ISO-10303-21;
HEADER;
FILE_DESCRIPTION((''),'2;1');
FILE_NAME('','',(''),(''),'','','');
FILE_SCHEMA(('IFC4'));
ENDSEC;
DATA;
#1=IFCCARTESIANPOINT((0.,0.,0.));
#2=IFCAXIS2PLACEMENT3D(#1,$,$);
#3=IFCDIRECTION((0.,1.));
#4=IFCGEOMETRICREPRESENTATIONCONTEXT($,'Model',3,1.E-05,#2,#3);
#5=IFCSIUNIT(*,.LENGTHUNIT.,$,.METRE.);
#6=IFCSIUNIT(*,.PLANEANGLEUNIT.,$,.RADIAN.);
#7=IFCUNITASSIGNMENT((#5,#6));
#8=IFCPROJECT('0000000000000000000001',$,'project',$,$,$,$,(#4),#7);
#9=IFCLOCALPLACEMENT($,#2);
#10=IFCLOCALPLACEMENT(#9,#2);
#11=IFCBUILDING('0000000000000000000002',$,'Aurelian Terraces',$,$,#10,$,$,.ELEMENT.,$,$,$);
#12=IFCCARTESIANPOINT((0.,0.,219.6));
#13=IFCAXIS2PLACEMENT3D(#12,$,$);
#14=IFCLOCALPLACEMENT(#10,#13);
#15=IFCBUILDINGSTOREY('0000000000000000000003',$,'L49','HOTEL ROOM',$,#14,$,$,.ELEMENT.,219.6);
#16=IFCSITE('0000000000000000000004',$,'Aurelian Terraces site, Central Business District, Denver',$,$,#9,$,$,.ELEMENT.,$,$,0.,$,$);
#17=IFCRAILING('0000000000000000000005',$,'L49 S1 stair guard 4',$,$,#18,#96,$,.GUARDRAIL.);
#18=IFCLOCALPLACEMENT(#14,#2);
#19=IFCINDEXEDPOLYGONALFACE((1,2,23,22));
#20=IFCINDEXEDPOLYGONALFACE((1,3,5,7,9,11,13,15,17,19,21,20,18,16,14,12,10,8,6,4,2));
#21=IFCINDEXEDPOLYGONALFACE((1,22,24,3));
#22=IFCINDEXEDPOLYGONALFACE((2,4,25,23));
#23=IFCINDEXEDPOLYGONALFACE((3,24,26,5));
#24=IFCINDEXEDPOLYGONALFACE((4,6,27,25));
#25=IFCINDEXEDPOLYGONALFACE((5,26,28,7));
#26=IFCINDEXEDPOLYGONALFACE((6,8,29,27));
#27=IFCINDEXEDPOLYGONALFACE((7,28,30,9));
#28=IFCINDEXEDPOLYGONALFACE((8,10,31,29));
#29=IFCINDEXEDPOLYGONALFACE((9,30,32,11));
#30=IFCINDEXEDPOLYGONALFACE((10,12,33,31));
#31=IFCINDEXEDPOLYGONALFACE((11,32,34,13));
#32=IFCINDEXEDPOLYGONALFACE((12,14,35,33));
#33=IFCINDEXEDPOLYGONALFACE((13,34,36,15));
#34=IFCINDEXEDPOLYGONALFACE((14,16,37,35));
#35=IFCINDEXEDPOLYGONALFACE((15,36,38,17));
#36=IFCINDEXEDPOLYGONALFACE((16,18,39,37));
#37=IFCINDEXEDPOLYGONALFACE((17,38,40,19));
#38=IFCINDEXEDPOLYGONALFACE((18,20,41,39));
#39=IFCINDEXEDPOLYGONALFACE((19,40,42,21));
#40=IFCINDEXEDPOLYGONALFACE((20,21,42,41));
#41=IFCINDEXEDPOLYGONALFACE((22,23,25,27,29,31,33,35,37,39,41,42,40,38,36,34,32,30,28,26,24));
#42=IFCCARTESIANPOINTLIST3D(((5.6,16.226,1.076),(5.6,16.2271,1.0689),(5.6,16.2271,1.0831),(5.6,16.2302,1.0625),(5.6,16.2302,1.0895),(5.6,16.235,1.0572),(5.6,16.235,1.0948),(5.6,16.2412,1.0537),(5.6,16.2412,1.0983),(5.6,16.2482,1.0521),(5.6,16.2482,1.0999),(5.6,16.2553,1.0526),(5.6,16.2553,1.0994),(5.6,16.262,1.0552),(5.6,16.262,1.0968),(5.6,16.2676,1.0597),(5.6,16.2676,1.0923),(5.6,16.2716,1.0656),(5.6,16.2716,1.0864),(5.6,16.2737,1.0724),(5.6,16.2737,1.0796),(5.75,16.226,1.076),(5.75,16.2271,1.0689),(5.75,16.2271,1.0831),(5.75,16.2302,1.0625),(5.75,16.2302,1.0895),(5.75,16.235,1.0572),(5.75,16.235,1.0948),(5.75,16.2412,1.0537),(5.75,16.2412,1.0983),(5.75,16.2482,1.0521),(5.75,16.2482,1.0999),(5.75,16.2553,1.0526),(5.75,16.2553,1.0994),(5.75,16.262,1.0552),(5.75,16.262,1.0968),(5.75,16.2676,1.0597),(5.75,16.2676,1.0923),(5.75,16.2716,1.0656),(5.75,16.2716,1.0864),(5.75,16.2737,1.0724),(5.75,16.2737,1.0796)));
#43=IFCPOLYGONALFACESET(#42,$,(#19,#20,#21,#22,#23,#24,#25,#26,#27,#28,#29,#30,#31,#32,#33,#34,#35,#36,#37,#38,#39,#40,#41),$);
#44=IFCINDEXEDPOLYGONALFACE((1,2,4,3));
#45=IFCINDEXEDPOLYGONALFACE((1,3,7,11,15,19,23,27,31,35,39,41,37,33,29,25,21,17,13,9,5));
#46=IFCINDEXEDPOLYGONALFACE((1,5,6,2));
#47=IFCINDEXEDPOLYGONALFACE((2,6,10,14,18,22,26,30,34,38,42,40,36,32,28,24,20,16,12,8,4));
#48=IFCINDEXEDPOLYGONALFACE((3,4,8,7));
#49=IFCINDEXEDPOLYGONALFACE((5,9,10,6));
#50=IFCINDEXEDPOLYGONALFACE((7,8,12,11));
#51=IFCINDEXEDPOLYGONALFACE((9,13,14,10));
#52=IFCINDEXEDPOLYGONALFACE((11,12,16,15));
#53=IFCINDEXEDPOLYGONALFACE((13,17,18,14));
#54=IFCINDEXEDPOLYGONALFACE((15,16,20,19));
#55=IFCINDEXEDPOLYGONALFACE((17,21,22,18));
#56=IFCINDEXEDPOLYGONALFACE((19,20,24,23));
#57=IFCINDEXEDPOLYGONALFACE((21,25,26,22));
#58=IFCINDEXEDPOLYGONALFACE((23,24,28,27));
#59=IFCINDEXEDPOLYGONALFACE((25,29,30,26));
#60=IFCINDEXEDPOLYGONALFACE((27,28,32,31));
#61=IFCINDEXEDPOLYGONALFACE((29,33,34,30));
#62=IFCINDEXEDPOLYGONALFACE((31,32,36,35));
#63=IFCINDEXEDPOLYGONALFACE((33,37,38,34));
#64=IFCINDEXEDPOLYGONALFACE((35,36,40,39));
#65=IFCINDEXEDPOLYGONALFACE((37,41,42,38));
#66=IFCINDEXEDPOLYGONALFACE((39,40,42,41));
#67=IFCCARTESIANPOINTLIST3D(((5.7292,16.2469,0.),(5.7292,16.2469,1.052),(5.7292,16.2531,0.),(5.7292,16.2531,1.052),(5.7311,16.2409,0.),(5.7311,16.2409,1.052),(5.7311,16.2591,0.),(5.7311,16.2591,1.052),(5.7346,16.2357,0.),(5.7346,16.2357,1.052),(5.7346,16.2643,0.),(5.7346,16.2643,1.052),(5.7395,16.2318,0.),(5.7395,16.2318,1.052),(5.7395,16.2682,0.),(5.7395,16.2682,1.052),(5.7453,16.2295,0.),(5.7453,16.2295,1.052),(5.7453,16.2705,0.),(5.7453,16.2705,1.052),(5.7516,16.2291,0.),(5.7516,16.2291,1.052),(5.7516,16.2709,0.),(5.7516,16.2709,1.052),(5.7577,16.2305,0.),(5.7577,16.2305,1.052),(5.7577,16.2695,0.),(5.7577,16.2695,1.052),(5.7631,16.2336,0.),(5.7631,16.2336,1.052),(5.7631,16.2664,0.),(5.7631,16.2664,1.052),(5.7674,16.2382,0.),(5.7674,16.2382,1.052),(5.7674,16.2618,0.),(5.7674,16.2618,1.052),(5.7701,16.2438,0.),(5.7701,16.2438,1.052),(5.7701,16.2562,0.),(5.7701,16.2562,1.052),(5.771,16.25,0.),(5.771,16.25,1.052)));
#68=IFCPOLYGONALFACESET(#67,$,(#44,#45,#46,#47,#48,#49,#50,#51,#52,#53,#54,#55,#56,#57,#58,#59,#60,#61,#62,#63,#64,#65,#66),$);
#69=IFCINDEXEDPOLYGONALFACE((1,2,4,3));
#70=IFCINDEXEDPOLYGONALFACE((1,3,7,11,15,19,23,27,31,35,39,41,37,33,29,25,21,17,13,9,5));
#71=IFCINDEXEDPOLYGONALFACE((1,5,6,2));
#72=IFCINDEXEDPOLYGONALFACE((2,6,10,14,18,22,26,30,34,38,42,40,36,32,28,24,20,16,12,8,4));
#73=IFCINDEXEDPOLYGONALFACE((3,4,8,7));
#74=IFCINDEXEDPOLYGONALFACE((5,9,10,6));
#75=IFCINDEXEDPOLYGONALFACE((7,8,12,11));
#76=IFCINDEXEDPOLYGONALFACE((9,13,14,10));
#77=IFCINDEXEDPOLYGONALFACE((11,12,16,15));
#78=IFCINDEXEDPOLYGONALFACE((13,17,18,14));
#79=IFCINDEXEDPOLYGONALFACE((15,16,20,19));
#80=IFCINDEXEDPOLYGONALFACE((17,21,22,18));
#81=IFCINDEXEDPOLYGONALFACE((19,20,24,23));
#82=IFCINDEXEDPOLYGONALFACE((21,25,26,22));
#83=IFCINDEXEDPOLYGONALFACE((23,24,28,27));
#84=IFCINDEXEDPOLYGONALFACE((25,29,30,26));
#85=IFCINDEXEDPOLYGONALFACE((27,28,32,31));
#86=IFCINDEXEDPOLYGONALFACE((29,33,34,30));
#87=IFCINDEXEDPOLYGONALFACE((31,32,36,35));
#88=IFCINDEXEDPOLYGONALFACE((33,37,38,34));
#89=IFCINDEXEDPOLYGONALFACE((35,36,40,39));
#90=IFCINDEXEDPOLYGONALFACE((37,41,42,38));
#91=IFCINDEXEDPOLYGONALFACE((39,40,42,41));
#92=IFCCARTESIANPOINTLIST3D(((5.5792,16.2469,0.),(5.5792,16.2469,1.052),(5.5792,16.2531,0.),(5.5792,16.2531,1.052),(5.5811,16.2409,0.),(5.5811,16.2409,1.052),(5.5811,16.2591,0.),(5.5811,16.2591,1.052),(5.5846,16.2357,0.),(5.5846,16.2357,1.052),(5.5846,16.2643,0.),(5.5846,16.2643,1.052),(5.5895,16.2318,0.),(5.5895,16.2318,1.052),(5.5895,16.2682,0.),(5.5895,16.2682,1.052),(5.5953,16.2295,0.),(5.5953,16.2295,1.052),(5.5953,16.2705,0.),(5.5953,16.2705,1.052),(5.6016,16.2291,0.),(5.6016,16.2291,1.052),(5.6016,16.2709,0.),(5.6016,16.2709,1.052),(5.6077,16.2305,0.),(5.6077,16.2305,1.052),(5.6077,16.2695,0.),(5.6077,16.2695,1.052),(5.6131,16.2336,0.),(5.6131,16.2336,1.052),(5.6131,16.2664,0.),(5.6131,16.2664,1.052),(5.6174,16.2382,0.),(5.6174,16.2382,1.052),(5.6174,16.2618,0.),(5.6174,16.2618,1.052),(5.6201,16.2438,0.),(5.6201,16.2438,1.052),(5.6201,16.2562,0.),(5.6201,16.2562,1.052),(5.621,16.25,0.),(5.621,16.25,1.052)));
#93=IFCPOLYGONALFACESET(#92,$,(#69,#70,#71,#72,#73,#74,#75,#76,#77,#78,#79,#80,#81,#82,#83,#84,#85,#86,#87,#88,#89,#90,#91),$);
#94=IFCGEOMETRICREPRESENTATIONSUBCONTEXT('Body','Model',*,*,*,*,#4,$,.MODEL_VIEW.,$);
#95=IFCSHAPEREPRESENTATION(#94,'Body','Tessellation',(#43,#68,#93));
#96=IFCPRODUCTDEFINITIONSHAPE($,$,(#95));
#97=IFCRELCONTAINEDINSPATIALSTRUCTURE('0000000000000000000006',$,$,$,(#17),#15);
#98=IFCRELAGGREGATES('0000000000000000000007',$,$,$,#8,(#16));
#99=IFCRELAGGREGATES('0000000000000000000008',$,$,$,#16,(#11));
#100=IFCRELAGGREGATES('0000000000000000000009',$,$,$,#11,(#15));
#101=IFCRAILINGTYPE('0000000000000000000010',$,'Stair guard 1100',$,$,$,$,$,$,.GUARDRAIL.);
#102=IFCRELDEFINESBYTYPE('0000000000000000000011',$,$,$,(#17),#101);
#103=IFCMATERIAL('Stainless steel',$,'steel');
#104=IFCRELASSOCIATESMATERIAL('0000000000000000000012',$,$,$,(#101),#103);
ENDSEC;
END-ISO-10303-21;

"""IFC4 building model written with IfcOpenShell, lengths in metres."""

from ifc_helpers import new_model, si_unit, direction, frame, origin, origin_2d, place, context, subcontext, project, spatial, circle, extrude, source, transform, mapped, material, type_object, element, save


model = new_model("IFC4")

# Units and contexts
model_context = context("Model", 3, precision=1e-05, world=origin(), true_north=direction((0.0, 1.0)))
body_context = subcontext(model_context, "Body", "Model", "MODEL_VIEW")
ifc_project = project(units=[si_unit("LENGTHUNIT", "METRE"), si_unit("PLANEANGLEUNIT", "RADIAN")], contexts=[model_context])

# Site, building, storey
site_placement = place(None, origin())
site = spatial("IfcSite", under=ifc_project, at=site_placement, Name="Aurelian Terraces site, Central Business District, Denver", CompositionType="ELEMENT", RefElevation=0.0)
building_placement = place(site_placement, origin())
building = spatial("IfcBuilding", under=site, at=building_placement, Name="Aurelian Terraces", CompositionType="ELEMENT")
storey_placement = place(building_placement, frame((0.0, 0.0, 219.6)))
storey = spatial("IfcBuildingStorey", under=building, at=storey_placement, Name="L49", Description="HOTEL ROOM", CompositionType="ELEMENT", Elevation=219.6)

# Shared definitions
ifc_material_1 = material(Name="Stainless steel", Category="steel")

# Railing
railing_type_1 = type_object("IfcRailingType", Name="Stair guard 1100", PredefinedType="GUARDRAIL", material=ifc_material_1)
shared_shape_1 = source(origin(), body_context, "Body", "SweptSolid", [
    extrude(circle(Radius=0.024, at=origin_2d()), frame((0.0, 0.0, 1.076), z_axis=(-1.0, 0.0, 0.0), x_axis=(0.0, -1.0, 0.0)), (0.0, 0.0, 1.0), 0.15),
    extrude(circle(Radius=0.021, at=origin_2d()), origin(), (0.0, 0.0, 1.0), 1.052),
    extrude(circle(Radius=0.021, at=origin_2d()), frame((-0.15, 0.0, 0.0)), (0.0, 0.0, 1.0), 1.052),
])
railing_1_placement = place(storey_placement, frame((5.75, 16.25, 0.0)))
element("IfcRailing", 1, at=railing_1_placement, inside=storey, type_object=railing_type_1, Name="L49 S1 stair guard 4", PredefinedType="GUARDRAIL", context=body_context, shape_type="MappedRepresentation", body=[
    mapped(shared_shape_1, transform((0.0, 0.0, 0.0), scale=1.0)),
])

save(model, "model.ifc")
